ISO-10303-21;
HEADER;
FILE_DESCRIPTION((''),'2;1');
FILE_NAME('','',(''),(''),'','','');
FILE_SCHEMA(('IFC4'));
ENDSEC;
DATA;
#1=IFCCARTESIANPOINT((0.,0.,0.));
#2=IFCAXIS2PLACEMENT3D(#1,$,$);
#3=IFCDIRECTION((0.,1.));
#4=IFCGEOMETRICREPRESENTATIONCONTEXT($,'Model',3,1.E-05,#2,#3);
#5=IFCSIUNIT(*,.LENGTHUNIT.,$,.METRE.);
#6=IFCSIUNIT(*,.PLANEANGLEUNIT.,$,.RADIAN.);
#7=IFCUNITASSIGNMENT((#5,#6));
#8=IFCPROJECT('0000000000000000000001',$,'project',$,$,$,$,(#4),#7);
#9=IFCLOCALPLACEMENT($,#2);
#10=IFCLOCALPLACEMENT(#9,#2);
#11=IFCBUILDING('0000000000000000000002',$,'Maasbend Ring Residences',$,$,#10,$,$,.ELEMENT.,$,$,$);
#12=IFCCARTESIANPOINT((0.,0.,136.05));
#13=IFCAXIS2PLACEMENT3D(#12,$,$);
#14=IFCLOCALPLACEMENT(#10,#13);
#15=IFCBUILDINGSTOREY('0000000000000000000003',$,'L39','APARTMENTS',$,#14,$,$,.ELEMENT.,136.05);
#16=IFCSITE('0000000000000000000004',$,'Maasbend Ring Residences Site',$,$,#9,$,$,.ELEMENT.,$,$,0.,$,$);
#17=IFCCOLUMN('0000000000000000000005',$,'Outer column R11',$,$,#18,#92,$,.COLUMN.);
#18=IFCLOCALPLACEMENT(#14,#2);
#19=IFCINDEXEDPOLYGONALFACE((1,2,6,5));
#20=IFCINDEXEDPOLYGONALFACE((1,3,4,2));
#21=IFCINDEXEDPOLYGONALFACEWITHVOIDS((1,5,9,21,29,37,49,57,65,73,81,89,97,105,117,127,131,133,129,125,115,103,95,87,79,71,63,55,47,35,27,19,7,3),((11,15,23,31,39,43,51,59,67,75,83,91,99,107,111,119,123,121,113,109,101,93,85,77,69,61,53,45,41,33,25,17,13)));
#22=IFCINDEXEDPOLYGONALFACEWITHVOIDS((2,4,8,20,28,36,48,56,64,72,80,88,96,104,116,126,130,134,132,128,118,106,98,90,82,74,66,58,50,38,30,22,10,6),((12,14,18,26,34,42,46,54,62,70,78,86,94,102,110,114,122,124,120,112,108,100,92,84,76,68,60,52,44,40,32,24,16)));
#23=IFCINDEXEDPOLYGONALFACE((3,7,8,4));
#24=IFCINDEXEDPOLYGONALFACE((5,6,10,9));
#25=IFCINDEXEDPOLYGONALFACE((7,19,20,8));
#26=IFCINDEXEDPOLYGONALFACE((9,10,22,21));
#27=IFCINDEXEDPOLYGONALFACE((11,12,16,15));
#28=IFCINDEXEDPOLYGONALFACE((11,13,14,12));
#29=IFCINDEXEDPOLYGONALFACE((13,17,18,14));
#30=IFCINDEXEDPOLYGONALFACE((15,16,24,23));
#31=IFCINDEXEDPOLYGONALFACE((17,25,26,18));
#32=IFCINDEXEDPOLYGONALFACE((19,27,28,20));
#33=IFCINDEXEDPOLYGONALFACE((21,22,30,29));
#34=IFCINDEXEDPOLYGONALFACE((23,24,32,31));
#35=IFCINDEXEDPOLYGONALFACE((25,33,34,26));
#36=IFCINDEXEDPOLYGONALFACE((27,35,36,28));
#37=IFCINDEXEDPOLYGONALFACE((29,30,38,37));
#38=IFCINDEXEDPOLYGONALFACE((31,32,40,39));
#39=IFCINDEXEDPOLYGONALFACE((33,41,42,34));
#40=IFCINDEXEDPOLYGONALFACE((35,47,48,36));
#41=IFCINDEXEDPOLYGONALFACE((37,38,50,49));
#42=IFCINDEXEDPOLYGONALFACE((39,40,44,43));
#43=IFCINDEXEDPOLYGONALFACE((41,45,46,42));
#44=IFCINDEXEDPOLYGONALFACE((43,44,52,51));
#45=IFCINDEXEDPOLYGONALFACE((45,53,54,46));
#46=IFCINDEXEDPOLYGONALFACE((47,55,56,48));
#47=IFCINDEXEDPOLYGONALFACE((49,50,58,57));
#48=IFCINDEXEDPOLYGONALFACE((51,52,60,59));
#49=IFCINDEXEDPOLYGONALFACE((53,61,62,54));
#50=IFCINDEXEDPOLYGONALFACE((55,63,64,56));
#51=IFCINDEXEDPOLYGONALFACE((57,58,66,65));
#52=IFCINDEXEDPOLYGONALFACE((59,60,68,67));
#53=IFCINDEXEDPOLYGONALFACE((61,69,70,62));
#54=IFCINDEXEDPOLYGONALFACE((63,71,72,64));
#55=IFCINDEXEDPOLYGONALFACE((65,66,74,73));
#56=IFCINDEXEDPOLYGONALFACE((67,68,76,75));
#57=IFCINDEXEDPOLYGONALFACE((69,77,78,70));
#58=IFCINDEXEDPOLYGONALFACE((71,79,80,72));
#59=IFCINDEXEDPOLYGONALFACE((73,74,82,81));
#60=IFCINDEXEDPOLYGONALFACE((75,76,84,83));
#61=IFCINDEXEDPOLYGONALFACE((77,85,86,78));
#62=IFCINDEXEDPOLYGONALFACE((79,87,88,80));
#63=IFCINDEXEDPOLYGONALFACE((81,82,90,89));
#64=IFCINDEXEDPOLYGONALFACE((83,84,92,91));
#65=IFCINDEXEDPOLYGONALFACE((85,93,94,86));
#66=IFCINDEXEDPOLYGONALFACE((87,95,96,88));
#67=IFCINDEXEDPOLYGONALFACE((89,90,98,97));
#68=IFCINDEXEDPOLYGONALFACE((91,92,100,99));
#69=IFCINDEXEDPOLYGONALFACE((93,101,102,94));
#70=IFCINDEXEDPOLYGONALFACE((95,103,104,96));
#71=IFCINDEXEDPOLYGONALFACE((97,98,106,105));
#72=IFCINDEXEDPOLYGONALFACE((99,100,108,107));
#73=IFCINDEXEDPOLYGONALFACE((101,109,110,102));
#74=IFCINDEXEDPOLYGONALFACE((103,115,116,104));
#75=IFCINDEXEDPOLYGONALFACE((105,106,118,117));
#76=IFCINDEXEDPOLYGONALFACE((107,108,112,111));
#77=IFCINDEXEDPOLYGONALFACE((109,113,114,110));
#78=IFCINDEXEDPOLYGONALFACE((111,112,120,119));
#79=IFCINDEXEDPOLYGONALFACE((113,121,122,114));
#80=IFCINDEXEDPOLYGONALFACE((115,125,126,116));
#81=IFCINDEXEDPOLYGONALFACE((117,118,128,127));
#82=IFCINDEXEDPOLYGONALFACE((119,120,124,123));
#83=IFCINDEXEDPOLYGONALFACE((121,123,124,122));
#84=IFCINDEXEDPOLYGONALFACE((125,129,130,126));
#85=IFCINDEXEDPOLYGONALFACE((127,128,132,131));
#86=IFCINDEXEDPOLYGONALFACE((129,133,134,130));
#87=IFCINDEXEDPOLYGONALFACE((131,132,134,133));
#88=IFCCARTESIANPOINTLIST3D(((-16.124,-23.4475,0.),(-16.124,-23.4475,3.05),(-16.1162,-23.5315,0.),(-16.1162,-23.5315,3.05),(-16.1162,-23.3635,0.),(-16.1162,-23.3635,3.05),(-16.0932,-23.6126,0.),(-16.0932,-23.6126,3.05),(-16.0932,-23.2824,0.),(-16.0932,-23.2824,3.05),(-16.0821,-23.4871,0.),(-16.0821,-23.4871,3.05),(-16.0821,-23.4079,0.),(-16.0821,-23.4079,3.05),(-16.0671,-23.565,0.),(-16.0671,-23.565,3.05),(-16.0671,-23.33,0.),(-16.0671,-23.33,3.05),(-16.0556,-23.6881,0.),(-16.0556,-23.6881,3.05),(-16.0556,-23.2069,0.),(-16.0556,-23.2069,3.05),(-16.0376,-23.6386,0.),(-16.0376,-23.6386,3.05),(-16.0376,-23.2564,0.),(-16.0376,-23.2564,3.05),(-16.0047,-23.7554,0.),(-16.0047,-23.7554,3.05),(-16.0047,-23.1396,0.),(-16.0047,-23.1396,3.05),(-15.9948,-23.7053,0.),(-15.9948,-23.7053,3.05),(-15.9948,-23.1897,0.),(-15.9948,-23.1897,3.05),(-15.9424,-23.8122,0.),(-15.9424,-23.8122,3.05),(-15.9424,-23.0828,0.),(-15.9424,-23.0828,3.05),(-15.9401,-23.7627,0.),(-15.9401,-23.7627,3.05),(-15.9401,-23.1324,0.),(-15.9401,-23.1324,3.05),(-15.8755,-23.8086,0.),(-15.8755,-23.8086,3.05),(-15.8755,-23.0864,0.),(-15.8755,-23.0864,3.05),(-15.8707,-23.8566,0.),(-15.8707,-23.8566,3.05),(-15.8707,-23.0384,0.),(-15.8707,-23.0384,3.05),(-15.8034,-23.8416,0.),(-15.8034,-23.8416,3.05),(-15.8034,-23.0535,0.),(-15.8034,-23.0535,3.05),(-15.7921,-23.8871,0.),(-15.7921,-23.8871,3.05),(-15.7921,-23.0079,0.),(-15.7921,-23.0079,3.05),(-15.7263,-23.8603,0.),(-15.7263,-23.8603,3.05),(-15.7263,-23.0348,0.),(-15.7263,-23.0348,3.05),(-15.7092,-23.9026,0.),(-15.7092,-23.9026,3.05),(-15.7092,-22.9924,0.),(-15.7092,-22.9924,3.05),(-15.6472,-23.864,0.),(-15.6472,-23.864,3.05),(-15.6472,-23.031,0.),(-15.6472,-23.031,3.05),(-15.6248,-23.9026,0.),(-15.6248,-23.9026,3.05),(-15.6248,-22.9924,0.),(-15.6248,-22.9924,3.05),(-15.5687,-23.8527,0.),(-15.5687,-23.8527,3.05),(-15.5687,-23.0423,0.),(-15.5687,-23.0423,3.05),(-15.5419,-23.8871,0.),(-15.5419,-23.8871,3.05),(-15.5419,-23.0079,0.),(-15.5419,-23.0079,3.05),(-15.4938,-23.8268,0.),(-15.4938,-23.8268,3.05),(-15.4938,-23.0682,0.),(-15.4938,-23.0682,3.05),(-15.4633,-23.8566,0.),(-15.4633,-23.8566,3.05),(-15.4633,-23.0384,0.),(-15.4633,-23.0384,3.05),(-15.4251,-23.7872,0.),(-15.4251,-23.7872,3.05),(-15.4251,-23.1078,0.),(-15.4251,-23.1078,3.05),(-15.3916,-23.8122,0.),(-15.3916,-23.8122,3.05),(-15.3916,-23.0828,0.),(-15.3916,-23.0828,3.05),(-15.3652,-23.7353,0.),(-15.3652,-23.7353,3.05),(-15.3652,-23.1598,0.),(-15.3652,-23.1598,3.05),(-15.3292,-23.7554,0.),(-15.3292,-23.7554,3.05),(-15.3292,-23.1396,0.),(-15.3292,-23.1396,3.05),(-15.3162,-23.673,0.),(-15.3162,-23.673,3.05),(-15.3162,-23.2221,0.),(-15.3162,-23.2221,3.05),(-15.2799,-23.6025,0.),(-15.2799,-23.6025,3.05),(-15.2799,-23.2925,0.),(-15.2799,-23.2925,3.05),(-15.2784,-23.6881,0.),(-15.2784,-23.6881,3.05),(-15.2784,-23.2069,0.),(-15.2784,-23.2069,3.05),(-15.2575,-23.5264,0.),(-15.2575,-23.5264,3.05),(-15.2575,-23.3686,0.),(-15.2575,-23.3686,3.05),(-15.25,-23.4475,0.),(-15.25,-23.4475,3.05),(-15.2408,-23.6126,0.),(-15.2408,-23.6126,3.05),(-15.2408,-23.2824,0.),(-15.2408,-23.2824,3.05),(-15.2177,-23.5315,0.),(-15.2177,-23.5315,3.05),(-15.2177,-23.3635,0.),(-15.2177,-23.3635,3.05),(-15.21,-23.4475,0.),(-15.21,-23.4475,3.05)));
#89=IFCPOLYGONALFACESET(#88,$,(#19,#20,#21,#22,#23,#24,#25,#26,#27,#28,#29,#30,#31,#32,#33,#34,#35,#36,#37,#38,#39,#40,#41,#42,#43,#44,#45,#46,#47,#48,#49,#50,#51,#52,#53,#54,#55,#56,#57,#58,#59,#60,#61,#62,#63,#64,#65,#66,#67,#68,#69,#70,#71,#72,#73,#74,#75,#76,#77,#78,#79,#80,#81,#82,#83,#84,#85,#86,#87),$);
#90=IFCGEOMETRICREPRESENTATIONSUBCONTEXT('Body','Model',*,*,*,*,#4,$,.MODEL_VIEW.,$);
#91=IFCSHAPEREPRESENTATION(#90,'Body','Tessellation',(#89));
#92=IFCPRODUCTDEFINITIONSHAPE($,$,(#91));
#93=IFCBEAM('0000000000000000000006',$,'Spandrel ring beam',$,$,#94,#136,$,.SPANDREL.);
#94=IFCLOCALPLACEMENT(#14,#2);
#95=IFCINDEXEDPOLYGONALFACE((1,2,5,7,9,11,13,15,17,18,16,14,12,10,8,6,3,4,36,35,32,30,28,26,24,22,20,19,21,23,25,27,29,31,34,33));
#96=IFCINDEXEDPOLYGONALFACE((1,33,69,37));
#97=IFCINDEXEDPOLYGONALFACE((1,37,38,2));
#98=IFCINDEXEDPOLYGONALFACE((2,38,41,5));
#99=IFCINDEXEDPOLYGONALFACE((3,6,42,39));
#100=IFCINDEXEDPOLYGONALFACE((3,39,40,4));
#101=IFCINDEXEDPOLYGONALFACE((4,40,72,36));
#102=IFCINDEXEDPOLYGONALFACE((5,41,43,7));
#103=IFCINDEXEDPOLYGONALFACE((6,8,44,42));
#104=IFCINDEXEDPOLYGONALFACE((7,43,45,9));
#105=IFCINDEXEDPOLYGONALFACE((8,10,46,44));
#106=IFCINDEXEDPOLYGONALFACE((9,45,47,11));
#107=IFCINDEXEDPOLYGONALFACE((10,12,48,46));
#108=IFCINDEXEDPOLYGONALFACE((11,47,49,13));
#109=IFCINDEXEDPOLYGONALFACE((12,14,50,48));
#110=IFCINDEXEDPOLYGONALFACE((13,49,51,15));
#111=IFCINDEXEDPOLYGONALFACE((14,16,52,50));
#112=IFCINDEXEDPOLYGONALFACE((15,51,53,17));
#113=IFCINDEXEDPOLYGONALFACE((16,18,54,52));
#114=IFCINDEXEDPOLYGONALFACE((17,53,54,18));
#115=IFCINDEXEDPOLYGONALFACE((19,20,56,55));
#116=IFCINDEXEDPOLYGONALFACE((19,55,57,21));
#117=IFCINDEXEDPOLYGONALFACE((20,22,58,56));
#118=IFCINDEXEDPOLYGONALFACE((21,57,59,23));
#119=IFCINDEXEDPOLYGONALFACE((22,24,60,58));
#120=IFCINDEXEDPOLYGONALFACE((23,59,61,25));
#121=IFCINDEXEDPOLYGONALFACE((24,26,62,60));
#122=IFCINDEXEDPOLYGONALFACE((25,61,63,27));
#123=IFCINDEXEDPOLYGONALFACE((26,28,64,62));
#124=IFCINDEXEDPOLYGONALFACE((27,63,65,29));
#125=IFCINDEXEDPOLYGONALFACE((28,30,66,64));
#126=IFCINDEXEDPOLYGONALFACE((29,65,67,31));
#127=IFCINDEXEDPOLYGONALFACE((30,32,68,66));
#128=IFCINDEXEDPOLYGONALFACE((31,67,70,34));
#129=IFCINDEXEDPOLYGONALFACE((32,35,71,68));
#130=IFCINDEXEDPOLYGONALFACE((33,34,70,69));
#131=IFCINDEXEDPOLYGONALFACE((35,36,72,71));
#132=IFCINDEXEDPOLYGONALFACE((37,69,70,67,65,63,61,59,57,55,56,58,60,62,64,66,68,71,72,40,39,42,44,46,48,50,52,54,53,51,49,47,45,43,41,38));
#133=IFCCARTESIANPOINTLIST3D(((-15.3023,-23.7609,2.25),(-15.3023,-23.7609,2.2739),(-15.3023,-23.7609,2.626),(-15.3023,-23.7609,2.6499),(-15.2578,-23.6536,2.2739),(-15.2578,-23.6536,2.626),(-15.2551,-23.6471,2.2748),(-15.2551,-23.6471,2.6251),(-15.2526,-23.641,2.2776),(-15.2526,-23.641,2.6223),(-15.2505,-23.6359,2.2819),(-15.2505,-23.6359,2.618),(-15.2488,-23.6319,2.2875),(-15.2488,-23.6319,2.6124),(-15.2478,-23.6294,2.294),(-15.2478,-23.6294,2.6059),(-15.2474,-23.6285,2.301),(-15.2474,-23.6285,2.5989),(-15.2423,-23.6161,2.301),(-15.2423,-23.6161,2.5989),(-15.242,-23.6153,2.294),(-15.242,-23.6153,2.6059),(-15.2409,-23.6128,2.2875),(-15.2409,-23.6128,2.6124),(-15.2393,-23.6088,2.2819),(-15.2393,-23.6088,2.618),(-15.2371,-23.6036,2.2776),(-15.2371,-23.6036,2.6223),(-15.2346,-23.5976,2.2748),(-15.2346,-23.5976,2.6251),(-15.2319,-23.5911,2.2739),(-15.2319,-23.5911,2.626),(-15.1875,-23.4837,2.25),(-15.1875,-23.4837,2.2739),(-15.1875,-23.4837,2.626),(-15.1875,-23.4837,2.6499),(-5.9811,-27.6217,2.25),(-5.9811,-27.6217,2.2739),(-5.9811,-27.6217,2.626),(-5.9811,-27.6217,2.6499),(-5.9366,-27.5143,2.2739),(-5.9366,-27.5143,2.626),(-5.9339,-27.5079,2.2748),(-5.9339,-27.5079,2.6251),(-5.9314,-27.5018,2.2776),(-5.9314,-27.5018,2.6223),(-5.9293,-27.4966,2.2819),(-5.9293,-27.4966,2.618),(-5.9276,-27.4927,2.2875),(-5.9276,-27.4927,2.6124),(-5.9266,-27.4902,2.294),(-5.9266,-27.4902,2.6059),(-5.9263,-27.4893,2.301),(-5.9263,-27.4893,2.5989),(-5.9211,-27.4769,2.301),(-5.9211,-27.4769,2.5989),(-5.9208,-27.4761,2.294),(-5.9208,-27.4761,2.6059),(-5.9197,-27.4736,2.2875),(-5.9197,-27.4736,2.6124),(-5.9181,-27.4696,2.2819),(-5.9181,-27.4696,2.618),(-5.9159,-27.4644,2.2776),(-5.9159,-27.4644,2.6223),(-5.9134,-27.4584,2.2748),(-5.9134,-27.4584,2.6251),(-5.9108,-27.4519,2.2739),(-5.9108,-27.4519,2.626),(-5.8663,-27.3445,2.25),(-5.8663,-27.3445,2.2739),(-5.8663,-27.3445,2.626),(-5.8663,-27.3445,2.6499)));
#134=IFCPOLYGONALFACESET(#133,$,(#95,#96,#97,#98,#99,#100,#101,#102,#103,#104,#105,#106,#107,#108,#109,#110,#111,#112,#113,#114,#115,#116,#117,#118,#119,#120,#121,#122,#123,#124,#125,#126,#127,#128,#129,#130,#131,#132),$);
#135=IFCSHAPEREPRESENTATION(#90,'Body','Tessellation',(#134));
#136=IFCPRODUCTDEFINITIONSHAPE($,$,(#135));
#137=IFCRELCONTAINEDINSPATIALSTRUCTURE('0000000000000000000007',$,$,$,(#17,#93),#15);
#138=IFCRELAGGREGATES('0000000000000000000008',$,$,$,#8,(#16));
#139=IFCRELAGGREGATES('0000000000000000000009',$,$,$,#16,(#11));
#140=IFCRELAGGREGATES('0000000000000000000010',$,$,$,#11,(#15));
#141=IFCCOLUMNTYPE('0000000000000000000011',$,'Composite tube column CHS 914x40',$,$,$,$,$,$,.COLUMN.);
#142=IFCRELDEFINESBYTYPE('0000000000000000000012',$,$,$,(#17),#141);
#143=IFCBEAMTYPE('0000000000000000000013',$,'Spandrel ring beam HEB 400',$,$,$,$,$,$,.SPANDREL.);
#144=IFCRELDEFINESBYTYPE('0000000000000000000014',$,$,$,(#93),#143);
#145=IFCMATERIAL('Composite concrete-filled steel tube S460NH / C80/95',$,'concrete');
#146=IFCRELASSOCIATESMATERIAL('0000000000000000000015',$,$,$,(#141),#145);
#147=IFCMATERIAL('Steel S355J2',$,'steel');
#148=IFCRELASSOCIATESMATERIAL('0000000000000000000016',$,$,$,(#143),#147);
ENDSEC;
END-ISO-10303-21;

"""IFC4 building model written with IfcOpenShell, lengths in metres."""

from ifc_helpers import new_model, si_unit, direction, frame, origin, origin_2d, place, context, subcontext, project, spatial, hollow_circle, i_section, extrude, material, material_profile, profile_set, type_object, element, save


model = new_model("IFC4")

# Units and contexts
model_context = context("Model", 3, precision=1e-05, world=origin(), true_north=direction((0.0, 1.0)))
body_context = subcontext(model_context, "Body", "Model", "MODEL_VIEW")
ifc_project = project(units=[si_unit("LENGTHUNIT", "METRE"), si_unit("PLANEANGLEUNIT", "RADIAN")], contexts=[model_context])

# Site, building, storey
site_placement = place(None, origin())
site = spatial("IfcSite", under=ifc_project, at=site_placement, Name="Maasbend Ring Residences Site", CompositionType="ELEMENT", RefElevation=0.0)
building_placement = place(site_placement, origin())
building = spatial("IfcBuilding", under=site, at=building_placement, Name="Maasbend Ring Residences", CompositionType="ELEMENT")
storey_placement = place(building_placement, frame((0.0, 0.0, 136.05)))
storey = spatial("IfcBuildingStorey", under=building, at=storey_placement, Name="L39", Description="APARTMENTS", CompositionType="ELEMENT", Elevation=136.05)

# Column
ifc_material_1 = material(Name="Composite concrete-filled steel tube S460NH / C80/95", Category="concrete")
ifc_material_profile_1 = material_profile(ifc_material_1, hollow_circle(Radius=0.457, WallThickness=0.04, at=origin_2d()), Name="Composite tube column CHS 914x40")
ifc_profile_set_1 = profile_set([ifc_material_profile_1], Name="Composite concrete-filled steel tube S460NH / C80/95")
column_type = type_object("IfcColumnType", Name="Composite tube column CHS 914x40", PredefinedType="COLUMN", material=ifc_profile_set_1)
column_placement = place(storey_placement, frame((-15.667, -23.4475, 0.0), z_axis=(0.0, 0.0, 1.0), x_axis=(1.0, 0.0, 0.0)))
element("IfcColumn", 1, at=column_placement, inside=storey, type_object=column_type, Name="Outer column R11", PredefinedType="COLUMN", context=body_context, shape_type="SweptSolid", body=[
    extrude(hollow_circle(Radius=0.457, WallThickness=0.04, at=origin_2d()), origin(), (0.0, 0.0, 1.0), 3.05),
])

# Beam
ifc_material_2 = material(Name="Steel S355J2", Category="steel")
ifc_material_profile_2 = material_profile(ifc_material_2, i_section(OverallWidth=0.3, OverallDepth=0.3999, WebThickness=0.0134, FlangeThickness=0.0239, FilletRadius=0.0271, at=origin_2d()), Name="HEB 400")
ifc_profile_set_2 = profile_set([ifc_material_profile_2], Name="Steel S355J2")
beam_type = type_object("IfcBeamType", Name="Spandrel ring beam HEB 400", PredefinedType="SPANDREL", material=ifc_profile_set_2)
beam_placement = place(storey_placement, frame((-15.2449, -23.6223, 2.45), z_axis=(0.923885, -0.38267, 0.0), x_axis=(0.38267, 0.923885, 0.0)))
element("IfcBeam", 2, at=beam_placement, inside=storey, type_object=beam_type, Name="Spandrel ring beam", PredefinedType="SPANDREL", context=body_context, shape_type="SweptSolid", body=[
    extrude(i_section(OverallWidth=0.3, OverallDepth=0.3999, WebThickness=0.0134, FlangeThickness=0.0239, FilletRadius=0.0271, at=origin_2d()), origin(), (0.0, 0.0, 1.0), 10.0891),
])

save(model, "model.ifc")
